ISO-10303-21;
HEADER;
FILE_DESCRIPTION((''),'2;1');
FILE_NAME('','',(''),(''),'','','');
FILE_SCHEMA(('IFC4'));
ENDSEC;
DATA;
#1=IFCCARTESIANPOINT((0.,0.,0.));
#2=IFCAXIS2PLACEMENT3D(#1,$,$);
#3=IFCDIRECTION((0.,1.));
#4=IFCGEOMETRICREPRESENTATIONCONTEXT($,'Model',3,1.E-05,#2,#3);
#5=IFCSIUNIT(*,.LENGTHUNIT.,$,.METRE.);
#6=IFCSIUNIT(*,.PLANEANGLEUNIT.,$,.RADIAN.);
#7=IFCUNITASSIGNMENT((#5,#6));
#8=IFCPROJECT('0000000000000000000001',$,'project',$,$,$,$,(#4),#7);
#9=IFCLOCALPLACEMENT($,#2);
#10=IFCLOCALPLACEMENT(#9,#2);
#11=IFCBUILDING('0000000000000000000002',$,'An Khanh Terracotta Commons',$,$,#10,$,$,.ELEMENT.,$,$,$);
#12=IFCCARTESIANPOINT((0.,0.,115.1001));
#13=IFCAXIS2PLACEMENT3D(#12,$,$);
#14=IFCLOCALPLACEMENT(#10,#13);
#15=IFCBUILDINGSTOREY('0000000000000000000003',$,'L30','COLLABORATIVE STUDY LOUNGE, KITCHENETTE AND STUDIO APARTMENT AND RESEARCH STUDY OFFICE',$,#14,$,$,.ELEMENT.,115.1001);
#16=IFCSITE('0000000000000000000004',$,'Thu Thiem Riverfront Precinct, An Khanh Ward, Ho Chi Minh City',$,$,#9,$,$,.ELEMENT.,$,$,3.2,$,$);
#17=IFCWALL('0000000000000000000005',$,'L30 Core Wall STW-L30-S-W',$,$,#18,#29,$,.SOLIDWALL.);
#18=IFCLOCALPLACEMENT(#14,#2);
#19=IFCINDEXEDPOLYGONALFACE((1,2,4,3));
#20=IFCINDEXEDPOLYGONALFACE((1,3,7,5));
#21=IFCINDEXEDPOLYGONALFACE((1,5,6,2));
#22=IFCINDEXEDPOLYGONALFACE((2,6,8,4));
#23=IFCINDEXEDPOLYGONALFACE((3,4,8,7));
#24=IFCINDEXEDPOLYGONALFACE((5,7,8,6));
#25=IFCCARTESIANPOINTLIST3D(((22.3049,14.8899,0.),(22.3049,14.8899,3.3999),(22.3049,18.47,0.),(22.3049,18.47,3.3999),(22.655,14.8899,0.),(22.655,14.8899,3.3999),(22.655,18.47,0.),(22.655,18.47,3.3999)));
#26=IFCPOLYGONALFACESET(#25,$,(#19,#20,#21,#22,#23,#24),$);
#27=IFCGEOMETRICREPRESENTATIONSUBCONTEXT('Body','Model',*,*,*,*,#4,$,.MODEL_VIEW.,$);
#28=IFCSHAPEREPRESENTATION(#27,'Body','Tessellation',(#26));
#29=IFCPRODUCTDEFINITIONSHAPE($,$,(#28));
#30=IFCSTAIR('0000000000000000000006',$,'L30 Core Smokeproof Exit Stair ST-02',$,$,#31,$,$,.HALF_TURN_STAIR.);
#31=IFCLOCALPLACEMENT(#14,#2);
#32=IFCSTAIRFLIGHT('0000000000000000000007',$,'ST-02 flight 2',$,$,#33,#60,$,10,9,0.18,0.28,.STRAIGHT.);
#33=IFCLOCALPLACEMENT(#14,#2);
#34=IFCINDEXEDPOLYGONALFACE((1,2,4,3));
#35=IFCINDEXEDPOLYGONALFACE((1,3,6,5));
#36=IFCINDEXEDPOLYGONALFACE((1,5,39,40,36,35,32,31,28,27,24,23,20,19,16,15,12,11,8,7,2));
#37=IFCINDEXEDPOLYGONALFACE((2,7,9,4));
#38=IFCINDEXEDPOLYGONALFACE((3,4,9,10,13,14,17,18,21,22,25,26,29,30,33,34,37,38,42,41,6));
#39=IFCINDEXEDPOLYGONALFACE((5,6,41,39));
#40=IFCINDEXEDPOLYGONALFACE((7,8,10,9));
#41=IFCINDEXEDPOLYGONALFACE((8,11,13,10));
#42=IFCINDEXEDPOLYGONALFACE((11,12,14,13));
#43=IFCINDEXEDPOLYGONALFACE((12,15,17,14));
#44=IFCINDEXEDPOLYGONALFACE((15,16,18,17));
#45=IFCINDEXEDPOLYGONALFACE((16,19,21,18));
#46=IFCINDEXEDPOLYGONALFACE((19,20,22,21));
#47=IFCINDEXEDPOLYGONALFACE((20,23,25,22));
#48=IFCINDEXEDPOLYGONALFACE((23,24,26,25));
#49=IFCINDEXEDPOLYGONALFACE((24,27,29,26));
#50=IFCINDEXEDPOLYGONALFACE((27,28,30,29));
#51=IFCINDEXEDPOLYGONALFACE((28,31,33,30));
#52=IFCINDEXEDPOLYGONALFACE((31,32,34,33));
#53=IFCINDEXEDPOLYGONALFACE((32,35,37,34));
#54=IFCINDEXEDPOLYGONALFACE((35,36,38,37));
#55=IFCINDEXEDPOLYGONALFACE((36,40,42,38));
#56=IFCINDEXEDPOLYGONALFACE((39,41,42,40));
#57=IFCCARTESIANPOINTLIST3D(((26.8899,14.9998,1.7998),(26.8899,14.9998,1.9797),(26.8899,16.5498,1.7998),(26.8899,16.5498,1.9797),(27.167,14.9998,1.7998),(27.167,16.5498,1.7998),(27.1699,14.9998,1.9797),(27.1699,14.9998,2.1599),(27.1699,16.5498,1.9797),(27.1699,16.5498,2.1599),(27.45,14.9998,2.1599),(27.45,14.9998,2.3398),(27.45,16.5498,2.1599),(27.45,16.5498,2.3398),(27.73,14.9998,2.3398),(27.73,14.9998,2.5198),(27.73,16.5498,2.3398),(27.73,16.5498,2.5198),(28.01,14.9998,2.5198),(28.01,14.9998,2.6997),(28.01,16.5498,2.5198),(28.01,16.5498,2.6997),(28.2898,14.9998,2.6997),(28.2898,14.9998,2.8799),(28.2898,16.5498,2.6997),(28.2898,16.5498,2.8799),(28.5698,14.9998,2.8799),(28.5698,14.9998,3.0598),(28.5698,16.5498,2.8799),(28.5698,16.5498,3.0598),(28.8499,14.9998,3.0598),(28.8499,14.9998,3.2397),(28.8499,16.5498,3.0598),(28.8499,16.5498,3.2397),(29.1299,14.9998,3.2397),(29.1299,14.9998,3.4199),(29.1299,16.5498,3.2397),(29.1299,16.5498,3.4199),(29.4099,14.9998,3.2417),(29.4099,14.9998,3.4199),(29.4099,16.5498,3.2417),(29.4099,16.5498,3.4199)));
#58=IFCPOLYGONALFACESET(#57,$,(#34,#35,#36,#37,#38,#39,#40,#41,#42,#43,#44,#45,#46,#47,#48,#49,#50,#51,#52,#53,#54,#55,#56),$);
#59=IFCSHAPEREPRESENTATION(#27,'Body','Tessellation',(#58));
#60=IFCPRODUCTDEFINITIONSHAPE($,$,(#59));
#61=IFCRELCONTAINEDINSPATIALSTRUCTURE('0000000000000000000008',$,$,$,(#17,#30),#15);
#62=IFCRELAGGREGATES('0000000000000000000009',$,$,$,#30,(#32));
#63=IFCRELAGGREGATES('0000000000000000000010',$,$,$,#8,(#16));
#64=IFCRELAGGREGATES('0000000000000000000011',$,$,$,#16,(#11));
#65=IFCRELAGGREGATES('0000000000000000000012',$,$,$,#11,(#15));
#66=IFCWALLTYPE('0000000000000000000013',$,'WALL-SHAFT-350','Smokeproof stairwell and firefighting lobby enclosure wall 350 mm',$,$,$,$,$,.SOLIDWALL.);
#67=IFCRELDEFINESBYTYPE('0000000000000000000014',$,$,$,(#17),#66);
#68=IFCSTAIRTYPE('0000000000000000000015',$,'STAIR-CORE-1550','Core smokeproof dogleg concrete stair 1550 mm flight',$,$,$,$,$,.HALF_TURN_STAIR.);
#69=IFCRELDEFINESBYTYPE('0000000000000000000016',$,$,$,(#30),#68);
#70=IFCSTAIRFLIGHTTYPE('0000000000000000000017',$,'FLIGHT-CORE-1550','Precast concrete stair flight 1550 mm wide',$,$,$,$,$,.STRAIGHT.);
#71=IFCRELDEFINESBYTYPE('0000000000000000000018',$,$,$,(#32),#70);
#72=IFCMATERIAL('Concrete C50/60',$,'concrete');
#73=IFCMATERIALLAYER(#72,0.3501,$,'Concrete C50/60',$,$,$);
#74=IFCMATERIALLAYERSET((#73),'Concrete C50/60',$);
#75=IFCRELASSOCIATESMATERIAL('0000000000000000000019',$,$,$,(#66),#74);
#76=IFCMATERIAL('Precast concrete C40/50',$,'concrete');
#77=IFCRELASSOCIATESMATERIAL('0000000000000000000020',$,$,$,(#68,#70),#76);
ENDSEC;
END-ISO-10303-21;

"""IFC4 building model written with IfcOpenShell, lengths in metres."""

from ifc_helpers import new_model, si_unit, direction, frame, frame_2d, origin, place, context, subcontext, project, spatial, polyline, rectangle, outline, extrude, material, layer, layer_set, type_object, element, aggregate, save


model = new_model("IFC4")

# Units and contexts
model_context = context("Model", 3, precision=1e-05, world=origin(), true_north=direction((0.0, 1.0)))
body_context = subcontext(model_context, "Body", "Model", "MODEL_VIEW")
ifc_project = project(units=[si_unit("LENGTHUNIT", "METRE"), si_unit("PLANEANGLEUNIT", "RADIAN")], contexts=[model_context])

# Site, building, storey
site_placement = place(None, origin())
site = spatial("IfcSite", under=ifc_project, at=site_placement, Name="Thu Thiem Riverfront Precinct, An Khanh Ward, Ho Chi Minh City", CompositionType="ELEMENT", RefElevation=3.2)
building_placement = place(site_placement, origin())
building = spatial("IfcBuilding", under=site, at=building_placement, Name="An Khanh Terracotta Commons", CompositionType="ELEMENT")
storey_placement = place(building_placement, frame((0.0, 0.0, 115.1001)))
storey = spatial("IfcBuildingStorey", under=building, at=storey_placement, Name="L30", Description="COLLABORATIVE STUDY LOUNGE, KITCHENETTE AND STUDIO APARTMENT AND RESEARCH STUDY OFFICE", CompositionType="ELEMENT", Elevation=115.1001)

# Wall
ifc_material_1 = material(Name="Concrete C50/60", Category="concrete")
ifc_layer_1 = layer(ifc_material_1, 0.3501, Name="Concrete C50/60")
ifc_layer_set_1 = layer_set([ifc_layer_1], Name="Concrete C50/60")
wall_type_1 = type_object("IfcWallType", Name="WALL-SHAFT-350", Description="Smokeproof stairwell and firefighting lobby enclosure wall 350 mm", PredefinedType="SOLIDWALL", material=ifc_layer_set_1)
wall_1_placement = place(storey_placement, frame((22.48, 14.8899, 0.0), z_axis=(0.0, 0.0, 1.0), x_axis=(0.0, 1.0, 0.0)))
element("IfcWall", 1, at=wall_1_placement, inside=storey, type_object=wall_type_1, Name="L30 Core Wall STW-L30-S-W", PredefinedType="SOLIDWALL", context=body_context, shape_type="SweptSolid", body=[
    extrude(rectangle(XDim=3.5801, YDim=0.3501, at=frame_2d((1.79, 0.0))), origin(), (0.0, 0.0, 1.0), 3.3999),
])

# Stair, stair flight
ifc_material_2 = material(Name="Precast concrete C40/50", Category="concrete")
stair_type = type_object("IfcStairType", Name="STAIR-CORE-1550", Description="Core smokeproof dogleg concrete stair 1550 mm flight", PredefinedType="HALF_TURN_STAIR", material=ifc_material_2)
stair_placement = place(storey_placement, origin())
stair = element("IfcStair", 2, at=stair_placement, inside=storey, type_object=stair_type, Name="L30 Core Smokeproof Exit Stair ST-02", PredefinedType="HALF_TURN_STAIR")
stair_flight_type = type_object("IfcStairFlightType", Name="FLIGHT-CORE-1550", Description="Precast concrete stair flight 1550 mm wide", PredefinedType="STRAIGHT", material=ifc_material_2)
stair_flight_placement = place(storey_placement, frame((26.8899, 15.7749, 1.7998), z_axis=(0.0, 0.0, 1.0), x_axis=(1.0, 0.0, 0.0)))
stair_flight = element("IfcStairFlight", 3, at=stair_flight_placement, type_object=stair_flight_type, Name="ST-02 flight 2", NumberOfRisers=10, NumberOfTreads=9, PredefinedType="STRAIGHT", RiserHeight=0.18, TreadLength=0.28, context=body_context, shape_type="SweptSolid", body=[
    extrude(outline(polyline([(0.0, 0.0), (0.0, 0.1799), (0.28, 0.1799), (0.28, 0.3601), (0.5601, 0.3601), (0.5601, 0.54), (0.8401, 0.54), (0.8401, 0.72), (1.1201, 0.72), (1.1201, 0.8999), (1.3999, 0.8999), (1.3999, 1.0801), (1.6799, 1.0801), (1.6799, 1.26), (1.96, 1.26), (1.96, 1.4399), (2.24, 1.4399), (2.24, 1.6201), (2.52, 1.6201), (2.52, 1.8), (2.52, 1.4419), (0.2771, 0.0), (0.0, 0.0)])), frame((0.0, 0.7749, 0.0), z_axis=(0.0, -1.0, 0.0), x_axis=(1.0, 0.0, 0.0)), (0.0, 0.0, 1.0), 1.55),
])
aggregate(stair, [stair_flight])

save(model, "model.ifc")
